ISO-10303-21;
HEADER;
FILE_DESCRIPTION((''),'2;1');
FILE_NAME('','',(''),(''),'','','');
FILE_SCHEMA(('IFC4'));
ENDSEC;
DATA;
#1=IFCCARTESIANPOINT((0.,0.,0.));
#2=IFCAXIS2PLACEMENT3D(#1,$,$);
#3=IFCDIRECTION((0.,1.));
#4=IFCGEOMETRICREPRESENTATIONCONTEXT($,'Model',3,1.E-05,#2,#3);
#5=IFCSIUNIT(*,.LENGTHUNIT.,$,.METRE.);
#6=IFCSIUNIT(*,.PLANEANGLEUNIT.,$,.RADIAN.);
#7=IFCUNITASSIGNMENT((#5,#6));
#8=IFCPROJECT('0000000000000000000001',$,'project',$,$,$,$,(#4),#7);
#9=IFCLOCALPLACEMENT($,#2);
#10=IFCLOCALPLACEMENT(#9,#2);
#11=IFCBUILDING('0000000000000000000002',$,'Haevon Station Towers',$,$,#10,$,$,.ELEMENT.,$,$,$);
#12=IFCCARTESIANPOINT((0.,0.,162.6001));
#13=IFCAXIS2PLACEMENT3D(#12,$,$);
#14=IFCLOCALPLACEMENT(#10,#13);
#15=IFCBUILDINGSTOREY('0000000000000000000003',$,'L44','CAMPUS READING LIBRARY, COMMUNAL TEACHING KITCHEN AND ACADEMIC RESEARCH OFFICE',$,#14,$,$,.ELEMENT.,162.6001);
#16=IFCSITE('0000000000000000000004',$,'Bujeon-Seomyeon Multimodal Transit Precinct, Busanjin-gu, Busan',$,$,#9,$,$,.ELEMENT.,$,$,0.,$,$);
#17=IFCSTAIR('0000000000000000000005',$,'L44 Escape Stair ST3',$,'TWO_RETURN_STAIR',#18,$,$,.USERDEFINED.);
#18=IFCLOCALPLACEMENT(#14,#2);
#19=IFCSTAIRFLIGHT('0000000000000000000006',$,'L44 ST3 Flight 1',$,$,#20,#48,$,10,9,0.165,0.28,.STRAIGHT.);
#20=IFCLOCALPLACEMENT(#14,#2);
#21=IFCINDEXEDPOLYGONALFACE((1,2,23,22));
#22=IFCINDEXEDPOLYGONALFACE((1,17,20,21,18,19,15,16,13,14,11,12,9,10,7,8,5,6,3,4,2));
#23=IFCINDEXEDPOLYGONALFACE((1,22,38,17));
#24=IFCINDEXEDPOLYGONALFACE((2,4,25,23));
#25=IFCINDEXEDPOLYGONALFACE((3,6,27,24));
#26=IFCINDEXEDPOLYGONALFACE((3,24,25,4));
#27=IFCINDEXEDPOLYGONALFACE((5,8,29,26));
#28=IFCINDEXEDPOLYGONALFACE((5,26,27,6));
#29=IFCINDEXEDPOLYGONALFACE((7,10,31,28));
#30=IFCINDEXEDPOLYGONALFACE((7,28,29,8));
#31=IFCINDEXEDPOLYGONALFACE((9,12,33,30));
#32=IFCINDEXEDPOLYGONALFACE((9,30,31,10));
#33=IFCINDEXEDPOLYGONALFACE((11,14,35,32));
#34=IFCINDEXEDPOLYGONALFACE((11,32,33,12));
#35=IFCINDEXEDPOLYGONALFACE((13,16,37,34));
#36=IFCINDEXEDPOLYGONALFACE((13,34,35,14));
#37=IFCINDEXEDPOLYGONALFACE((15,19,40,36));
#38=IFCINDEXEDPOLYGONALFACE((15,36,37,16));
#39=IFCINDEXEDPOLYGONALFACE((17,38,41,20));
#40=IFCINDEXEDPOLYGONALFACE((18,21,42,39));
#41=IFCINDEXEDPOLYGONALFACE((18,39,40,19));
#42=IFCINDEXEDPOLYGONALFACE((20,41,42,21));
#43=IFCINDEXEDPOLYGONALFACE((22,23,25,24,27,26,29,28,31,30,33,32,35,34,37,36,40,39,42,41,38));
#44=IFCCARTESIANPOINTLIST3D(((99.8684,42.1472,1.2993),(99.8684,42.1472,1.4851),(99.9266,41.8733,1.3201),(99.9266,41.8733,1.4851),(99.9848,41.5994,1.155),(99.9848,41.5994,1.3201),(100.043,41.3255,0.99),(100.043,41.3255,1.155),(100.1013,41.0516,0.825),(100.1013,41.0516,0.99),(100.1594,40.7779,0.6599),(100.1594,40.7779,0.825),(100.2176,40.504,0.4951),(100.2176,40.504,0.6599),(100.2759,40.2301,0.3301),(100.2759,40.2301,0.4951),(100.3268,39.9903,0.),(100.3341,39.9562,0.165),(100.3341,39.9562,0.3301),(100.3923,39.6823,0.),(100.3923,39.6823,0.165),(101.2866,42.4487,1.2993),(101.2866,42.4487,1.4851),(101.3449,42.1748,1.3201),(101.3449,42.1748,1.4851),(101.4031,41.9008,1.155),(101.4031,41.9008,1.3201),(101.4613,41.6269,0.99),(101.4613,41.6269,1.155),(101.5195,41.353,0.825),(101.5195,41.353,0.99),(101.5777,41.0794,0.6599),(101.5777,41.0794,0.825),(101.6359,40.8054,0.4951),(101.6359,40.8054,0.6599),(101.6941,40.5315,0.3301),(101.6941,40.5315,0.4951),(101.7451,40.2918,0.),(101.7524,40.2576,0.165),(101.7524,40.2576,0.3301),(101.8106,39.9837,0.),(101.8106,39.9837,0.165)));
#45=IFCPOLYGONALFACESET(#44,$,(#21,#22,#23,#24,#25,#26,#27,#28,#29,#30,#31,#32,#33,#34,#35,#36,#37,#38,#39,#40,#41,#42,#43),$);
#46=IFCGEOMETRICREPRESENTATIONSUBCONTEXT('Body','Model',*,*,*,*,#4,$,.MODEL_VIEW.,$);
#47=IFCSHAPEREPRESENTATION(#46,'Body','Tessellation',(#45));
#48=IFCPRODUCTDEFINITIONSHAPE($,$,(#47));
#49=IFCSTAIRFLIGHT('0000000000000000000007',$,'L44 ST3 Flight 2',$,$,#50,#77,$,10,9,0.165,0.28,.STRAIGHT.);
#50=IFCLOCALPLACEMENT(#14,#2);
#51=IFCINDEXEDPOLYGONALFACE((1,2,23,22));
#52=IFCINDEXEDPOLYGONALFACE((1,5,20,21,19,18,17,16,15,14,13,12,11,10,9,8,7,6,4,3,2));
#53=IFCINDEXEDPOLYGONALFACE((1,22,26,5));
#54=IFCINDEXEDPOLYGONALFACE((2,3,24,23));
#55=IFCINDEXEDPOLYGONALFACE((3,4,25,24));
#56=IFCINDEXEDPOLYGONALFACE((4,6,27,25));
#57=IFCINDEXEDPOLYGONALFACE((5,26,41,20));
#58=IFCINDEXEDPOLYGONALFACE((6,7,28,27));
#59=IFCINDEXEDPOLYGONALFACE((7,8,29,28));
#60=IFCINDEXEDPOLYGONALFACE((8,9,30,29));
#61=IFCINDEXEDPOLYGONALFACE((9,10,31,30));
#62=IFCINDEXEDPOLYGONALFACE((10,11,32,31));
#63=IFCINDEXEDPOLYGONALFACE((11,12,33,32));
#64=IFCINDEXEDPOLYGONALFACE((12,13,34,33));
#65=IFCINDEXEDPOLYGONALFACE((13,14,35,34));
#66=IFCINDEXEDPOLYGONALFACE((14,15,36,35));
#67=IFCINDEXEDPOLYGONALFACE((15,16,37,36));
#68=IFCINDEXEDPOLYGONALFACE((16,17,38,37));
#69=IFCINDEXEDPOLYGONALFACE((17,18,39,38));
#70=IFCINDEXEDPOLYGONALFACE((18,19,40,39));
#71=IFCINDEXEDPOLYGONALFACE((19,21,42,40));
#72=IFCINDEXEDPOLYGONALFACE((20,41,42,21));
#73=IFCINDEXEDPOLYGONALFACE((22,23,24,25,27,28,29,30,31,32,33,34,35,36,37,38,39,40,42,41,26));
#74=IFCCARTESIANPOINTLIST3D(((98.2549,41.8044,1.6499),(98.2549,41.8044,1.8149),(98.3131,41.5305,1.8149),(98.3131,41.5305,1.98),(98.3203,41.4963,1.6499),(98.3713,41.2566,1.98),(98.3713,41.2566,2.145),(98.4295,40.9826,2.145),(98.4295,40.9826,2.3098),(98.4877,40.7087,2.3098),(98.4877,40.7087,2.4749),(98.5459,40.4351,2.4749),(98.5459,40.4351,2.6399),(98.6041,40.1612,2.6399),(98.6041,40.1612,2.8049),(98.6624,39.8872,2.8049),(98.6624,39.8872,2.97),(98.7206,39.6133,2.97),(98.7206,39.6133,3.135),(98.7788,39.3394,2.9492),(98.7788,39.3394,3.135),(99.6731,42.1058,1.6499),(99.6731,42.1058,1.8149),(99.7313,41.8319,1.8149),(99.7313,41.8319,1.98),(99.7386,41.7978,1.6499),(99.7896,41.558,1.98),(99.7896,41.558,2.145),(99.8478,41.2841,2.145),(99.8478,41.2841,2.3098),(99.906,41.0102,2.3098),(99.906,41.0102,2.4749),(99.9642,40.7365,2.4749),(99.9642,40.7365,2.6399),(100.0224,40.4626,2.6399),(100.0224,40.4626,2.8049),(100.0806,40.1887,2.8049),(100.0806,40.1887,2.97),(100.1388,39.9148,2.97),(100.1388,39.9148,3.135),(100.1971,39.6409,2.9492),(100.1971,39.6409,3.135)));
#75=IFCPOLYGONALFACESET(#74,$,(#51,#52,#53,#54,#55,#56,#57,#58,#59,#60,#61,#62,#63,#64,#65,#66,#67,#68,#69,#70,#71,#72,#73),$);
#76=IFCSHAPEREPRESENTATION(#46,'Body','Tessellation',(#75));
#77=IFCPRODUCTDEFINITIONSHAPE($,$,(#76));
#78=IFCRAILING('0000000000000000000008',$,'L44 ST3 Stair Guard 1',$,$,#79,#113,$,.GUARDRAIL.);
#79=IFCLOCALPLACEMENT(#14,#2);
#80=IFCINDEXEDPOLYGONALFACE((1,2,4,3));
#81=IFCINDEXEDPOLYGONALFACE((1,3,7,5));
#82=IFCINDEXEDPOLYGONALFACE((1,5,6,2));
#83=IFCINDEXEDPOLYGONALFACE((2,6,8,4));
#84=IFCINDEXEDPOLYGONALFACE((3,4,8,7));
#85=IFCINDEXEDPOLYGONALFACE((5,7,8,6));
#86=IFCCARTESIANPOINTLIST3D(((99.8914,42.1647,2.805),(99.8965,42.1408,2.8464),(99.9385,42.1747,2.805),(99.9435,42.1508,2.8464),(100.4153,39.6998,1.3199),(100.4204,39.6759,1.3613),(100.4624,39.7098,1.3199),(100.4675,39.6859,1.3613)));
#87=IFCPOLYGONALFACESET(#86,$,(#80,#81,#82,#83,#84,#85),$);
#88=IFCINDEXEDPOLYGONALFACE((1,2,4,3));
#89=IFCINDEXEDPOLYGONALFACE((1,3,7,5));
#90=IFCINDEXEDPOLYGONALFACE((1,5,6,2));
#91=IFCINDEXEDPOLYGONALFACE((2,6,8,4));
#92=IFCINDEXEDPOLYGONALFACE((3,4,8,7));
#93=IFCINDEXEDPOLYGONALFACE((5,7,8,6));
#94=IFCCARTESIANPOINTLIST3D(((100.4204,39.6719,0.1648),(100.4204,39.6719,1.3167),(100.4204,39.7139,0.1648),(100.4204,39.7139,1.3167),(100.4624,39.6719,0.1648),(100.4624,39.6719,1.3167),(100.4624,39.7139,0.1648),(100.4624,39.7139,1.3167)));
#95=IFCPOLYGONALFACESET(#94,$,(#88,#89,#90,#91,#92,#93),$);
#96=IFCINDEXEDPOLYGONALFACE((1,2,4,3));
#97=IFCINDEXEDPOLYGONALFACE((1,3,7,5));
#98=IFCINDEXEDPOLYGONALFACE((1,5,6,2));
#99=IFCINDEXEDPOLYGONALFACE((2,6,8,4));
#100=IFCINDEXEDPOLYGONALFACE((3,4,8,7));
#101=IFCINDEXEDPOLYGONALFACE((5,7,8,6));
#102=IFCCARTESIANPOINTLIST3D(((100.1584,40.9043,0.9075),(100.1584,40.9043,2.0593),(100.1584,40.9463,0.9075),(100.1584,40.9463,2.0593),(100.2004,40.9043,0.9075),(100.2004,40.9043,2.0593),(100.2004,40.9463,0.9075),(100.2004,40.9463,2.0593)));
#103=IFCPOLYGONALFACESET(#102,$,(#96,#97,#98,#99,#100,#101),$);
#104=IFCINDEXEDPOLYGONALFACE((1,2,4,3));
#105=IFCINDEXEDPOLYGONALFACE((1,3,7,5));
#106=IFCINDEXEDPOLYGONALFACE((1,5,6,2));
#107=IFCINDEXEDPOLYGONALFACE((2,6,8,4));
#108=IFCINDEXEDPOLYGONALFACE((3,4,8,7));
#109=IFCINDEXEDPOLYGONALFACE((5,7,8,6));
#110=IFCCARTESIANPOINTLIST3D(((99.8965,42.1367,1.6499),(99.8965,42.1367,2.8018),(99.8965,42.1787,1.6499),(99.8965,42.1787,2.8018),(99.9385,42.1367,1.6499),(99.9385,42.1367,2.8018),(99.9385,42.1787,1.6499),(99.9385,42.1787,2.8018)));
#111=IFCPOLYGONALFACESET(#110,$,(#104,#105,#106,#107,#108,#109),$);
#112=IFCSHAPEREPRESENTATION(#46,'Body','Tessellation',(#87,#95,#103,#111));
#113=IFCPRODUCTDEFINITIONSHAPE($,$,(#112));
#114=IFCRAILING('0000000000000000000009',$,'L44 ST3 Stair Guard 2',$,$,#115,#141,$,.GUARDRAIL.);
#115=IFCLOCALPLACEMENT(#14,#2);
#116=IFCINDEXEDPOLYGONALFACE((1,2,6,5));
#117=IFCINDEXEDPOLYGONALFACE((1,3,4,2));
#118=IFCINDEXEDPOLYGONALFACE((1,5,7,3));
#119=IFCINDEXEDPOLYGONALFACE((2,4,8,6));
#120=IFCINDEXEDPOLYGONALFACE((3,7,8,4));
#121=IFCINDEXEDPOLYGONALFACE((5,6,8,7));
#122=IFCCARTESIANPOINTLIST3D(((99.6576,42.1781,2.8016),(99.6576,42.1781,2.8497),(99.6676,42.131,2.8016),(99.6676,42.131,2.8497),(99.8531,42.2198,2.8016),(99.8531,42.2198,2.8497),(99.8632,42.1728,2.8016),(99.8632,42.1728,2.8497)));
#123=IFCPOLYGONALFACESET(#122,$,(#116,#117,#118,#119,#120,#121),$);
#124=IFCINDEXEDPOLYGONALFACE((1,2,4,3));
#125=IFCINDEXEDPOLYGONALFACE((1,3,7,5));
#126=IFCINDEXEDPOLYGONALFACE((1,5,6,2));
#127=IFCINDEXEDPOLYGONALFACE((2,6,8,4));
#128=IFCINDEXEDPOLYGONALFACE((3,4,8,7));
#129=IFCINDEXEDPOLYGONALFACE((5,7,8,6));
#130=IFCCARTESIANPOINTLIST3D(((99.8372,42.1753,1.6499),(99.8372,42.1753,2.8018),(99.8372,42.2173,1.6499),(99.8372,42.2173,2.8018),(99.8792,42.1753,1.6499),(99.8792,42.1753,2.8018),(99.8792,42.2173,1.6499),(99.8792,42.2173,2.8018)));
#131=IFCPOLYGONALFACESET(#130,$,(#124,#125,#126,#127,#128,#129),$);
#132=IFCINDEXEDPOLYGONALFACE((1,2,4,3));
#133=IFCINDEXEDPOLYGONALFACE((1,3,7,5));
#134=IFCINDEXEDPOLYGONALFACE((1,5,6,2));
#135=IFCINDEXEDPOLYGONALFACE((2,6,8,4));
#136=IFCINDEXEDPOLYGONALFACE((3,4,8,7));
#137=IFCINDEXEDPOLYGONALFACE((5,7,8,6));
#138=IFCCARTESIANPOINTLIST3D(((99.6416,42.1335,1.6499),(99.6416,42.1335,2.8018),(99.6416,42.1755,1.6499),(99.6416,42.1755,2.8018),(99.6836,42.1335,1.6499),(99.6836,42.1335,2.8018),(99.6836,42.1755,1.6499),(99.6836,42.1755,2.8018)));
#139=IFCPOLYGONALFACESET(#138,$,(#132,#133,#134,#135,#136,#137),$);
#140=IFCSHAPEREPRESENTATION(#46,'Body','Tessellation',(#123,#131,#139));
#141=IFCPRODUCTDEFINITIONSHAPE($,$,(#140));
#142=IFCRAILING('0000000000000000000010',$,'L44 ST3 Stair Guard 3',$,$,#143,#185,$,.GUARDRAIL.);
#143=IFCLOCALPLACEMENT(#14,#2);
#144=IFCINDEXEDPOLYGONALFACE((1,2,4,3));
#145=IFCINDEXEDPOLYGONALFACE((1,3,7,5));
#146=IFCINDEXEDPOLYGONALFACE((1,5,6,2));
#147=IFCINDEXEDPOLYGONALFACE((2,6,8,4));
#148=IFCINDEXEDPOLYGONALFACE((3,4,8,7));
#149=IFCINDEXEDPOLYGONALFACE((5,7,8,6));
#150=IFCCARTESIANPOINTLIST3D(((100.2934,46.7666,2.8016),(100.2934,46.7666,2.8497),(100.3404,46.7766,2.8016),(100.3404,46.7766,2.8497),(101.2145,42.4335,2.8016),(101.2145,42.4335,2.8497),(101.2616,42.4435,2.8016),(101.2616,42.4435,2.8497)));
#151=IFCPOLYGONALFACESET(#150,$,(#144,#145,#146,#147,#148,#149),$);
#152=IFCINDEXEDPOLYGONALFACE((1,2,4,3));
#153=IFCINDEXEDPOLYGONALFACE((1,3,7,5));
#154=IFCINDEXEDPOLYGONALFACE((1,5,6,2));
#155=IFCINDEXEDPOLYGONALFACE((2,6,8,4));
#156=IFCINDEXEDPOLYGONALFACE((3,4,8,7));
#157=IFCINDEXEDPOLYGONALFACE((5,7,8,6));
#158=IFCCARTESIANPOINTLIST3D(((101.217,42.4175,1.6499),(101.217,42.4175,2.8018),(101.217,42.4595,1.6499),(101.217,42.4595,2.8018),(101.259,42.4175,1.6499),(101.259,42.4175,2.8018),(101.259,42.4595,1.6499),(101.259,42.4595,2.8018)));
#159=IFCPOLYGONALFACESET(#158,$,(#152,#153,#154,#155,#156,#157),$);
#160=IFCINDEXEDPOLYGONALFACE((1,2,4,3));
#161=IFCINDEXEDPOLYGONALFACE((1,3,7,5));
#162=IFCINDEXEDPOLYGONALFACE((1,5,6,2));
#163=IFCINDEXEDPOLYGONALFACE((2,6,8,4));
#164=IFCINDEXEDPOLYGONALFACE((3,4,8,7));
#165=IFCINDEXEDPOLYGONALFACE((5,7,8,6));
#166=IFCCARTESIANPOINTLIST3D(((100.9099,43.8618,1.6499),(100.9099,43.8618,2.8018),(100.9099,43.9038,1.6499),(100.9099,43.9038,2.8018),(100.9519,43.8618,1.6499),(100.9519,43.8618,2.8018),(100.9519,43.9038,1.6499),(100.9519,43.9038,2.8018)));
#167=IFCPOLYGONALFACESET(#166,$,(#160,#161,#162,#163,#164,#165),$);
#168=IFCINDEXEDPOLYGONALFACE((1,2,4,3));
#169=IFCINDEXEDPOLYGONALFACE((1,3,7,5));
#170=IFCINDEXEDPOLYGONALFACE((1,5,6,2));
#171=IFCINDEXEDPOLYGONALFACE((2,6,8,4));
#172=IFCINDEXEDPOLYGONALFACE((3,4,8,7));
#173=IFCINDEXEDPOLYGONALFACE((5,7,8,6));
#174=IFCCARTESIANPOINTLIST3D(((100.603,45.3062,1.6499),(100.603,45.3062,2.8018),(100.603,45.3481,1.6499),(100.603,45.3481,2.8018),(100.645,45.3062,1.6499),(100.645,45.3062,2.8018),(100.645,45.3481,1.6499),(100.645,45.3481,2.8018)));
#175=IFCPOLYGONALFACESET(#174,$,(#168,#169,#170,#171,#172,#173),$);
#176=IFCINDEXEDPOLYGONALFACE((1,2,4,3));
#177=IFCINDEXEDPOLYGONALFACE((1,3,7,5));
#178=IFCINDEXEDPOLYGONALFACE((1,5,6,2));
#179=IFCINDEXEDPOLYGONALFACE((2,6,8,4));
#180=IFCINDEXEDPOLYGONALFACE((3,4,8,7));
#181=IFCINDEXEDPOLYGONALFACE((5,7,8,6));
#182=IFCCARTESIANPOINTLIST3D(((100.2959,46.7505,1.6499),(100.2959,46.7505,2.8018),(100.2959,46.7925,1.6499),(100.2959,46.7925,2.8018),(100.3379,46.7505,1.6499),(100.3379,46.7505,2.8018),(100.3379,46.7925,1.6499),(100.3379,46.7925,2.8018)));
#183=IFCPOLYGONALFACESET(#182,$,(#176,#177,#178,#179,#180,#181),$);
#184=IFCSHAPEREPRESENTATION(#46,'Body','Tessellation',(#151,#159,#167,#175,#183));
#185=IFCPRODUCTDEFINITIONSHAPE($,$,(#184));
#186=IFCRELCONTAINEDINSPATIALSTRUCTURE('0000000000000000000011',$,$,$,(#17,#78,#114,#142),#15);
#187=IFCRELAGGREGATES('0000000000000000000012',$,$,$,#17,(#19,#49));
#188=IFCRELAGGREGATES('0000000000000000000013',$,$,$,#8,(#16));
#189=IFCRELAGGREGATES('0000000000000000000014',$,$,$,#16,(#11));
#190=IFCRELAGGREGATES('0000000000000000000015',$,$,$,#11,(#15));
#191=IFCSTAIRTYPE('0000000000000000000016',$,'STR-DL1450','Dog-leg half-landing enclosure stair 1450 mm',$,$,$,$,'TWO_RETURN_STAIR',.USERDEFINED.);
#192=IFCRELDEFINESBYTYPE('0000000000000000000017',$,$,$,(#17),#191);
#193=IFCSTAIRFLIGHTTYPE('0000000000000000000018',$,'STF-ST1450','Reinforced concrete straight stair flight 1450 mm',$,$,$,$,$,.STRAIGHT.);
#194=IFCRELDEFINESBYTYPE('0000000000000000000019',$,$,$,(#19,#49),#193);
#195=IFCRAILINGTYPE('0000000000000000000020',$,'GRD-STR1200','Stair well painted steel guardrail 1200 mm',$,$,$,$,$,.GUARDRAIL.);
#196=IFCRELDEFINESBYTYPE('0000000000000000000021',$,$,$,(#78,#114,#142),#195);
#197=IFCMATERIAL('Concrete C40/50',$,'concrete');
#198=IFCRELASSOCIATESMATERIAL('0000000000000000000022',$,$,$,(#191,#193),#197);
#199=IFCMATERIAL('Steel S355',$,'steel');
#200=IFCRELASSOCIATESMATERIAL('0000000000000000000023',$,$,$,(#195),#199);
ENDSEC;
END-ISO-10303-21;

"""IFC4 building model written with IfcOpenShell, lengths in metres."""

from ifc_helpers import new_model, si_unit, direction, frame, origin, origin_2d, place, context, subcontext, project, spatial, polyline, rectangle, outline, extrude, material, type_object, element, aggregate, save


model = new_model("IFC4")

# Units and contexts
model_context = context("Model", 3, precision=1e-05, world=origin(), true_north=direction((0.0, 1.0)))
body_context = subcontext(model_context, "Body", "Model", "MODEL_VIEW")
ifc_project = project(units=[si_unit("LENGTHUNIT", "METRE"), si_unit("PLANEANGLEUNIT", "RADIAN")], contexts=[model_context])

# Site, building, storey
site_placement = place(None, origin())
site = spatial("IfcSite", under=ifc_project, at=site_placement, Name="Bujeon-Seomyeon Multimodal Transit Precinct, Busanjin-gu, Busan", CompositionType="ELEMENT", RefElevation=0.0)
building_placement = place(site_placement, origin())
building = spatial("IfcBuilding", under=site, at=building_placement, Name="Haevon Station Towers", CompositionType="ELEMENT")
storey_placement = place(building_placement, frame((0.0, 0.0, 162.6001)))
storey = spatial("IfcBuildingStorey", under=building, at=storey_placement, Name="L44", Description="CAMPUS READING LIBRARY, COMMUNAL TEACHING KITCHEN AND ACADEMIC RESEARCH OFFICE", CompositionType="ELEMENT", Elevation=162.6001)

# Shared definitions
ifc_material_1 = material(Name="Steel S355", Category="steel")

# Shared definitions
ifc_material_2 = material(Name="Concrete C40/50", Category="concrete")

# Stair, stair flights
stair_type = type_object("IfcStairType", Name="STR-DL1450", Description="Dog-leg half-landing enclosure stair 1450 mm", ElementType="TWO_RETURN_STAIR", PredefinedType="USERDEFINED", material=ifc_material_2)
stair_placement = place(storey_placement, origin())
stair = element("IfcStair", 1, at=stair_placement, inside=storey, type_object=stair_type, Name="L44 Escape Stair ST3", ObjectType="TWO_RETURN_STAIR", PredefinedType="USERDEFINED")
stair_flight_type = type_object("IfcStairFlightType", Name="STF-ST1450", Description="Reinforced concrete straight stair flight 1450 mm", PredefinedType="STRAIGHT", material=ifc_material_2)
stair_flight_1_placement = place(storey_placement, frame((101.1016, 39.833, 0.0), z_axis=(0.0, 0.0, 1.0), x_axis=(-0.207912, 0.978148, 0.0)))
stair_flight_1 = element("IfcStairFlight", 2, at=stair_flight_1_placement, type_object=stair_flight_type, Name="L44 ST3 Flight 1", NumberOfRisers=10, NumberOfTreads=9, PredefinedType="STRAIGHT", RiserHeight=0.165, TreadLength=0.28, context=body_context, shape_type="SweptSolid", body=[
    extrude(outline(polyline([(0.0, 0.0), (0.0, 0.165), (0.28, 0.165), (0.28, 0.3301), (0.5601, 0.3301), (0.5601, 0.4951), (0.8401, 0.4951), (0.8401, 0.6599), (1.1201, 0.6599), (1.1201, 0.825), (1.3999, 0.825), (1.3999, 0.99), (1.6799, 0.99), (1.6799, 1.155), (1.96, 1.155), (1.96, 1.3201), (2.24, 1.3201), (2.24, 1.4851), (2.52, 1.4851), (2.52, 1.6499), (2.52, 1.2993), (0.3149, 0.0), (0.0, 0.0)])), frame((0.0, 0.7251, 0.0), z_axis=(0.0, -1.0, 0.0), x_axis=(1.0, 0.0, 0.0)), (0.0, 0.0, 1.0), 1.45),
])
stair_flight_2_placement = place(storey_placement, frame((98.9639, 41.9551, 1.6499), z_axis=(0.0, 0.0, 1.0), x_axis=(0.207912, -0.978148, 0.0)))
stair_flight_2 = element("IfcStairFlight", 3, at=stair_flight_2_placement, type_object=stair_flight_type, Name="L44 ST3 Flight 2", NumberOfRisers=10, NumberOfTreads=9, PredefinedType="STRAIGHT", RiserHeight=0.165, TreadLength=0.28, context=body_context, shape_type="SweptSolid", body=[
    extrude(outline(polyline([(0.0, 0.0), (0.0, 0.165), (0.28, 0.165), (0.28, 0.3301), (0.5601, 0.3301), (0.5601, 0.4951), (0.8401, 0.4951), (0.8401, 0.6599), (1.1201, 0.6599), (1.1201, 0.825), (1.3999, 0.825), (1.3999, 0.99), (1.6799, 0.99), (1.6799, 1.155), (1.96, 1.155), (1.96, 1.3201), (2.24, 1.3201), (2.24, 1.4851), (2.52, 1.4851), (2.52, 1.6499), (2.52, 1.2993), (0.3149, 0.0), (0.0, 0.0)])), frame((0.0, 0.7251, 0.0), z_axis=(0.0, -1.0, 0.0), x_axis=(1.0, 0.0, 0.0)), (0.0, 0.0, 1.0), 1.45),
])
aggregate(stair, [stair_flight_1, stair_flight_2])

# Railings
railing_type_1 = type_object("IfcRailingType", Name="GRD-STR1200", Description="Stair well painted steel guardrail 1200 mm", PredefinedType="GUARDRAIL", material=ifc_material_1)
railing_1_placement = place(storey_placement, frame((100.4414, 39.6929, 0.1648)))
element("IfcRailing", 4, at=railing_1_placement, inside=storey, type_object=railing_type_1, Name="L44 ST3 Stair Guard 1", PredefinedType="GUARDRAIL", context=body_context, shape_type="SweptSolid", body=[
    extrude(rectangle(XDim=0.0481, YDim=0.0481, at=origin_2d()), frame((0.0, 0.0, 1.1758), z_axis=(-0.179121, 0.842688, 0.507733), x_axis=(-0.978147, -0.207914, 0.0)), (0.0, 0.0, 1.0), 2.925),
    extrude(rectangle(XDim=0.042, YDim=0.042, at=origin_2d()), origin(), (0.0, 0.0, 1.0), 1.1519),
    extrude(rectangle(XDim=0.042, YDim=0.042, at=origin_2d()), frame((-0.262, 1.2324, 0.7427)), (0.0, 0.0, 1.0), 1.1519),
    extrude(rectangle(XDim=0.042, YDim=0.042, at=origin_2d()), frame((-0.5239, 2.4648, 1.4851)), (0.0, 0.0, 1.0), 1.1519),
])
railing_2_placement = place(storey_placement, frame((99.8582, 42.1963, 1.6499)))
element("IfcRailing", 5, at=railing_2_placement, inside=storey, type_object=railing_type_1, Name="L44 ST3 Stair Guard 2", PredefinedType="GUARDRAIL", context=body_context, shape_type="SweptSolid", body=[
    extrude(rectangle(XDim=0.0481, YDim=0.0481, at=origin_2d()), frame((0.0, 0.0, 1.1758), z_axis=(-0.977963, -0.208779, 0.0), x_axis=(0.208779, -0.977963, 0.0)), (0.0, 0.0, 1.0), 0.2),
    extrude(rectangle(XDim=0.042, YDim=0.042, at=origin_2d()), origin(), (0.0, 0.0, 1.0), 1.1519),
    extrude(rectangle(XDim=0.042, YDim=0.042, at=origin_2d()), frame((-0.1956, -0.0417, 0.0)), (0.0, 0.0, 1.0), 1.1519),
])
railing_3_placement = place(storey_placement, frame((101.238, 42.4385, 1.6499)))
element("IfcRailing", 6, at=railing_3_placement, inside=storey, type_object=railing_type_1, Name="L44 ST3 Stair Guard 3", PredefinedType="GUARDRAIL", context=body_context, shape_type="SweptSolid", body=[
    extrude(rectangle(XDim=0.0481, YDim=0.0481, at=origin_2d()), frame((0.0, 0.0, 1.1758), z_axis=(-0.20794, 0.978141, 0.0), x_axis=(-0.978141, -0.20794, 0.0)), (0.0, 0.0, 1.0), 4.4299),
    extrude(rectangle(XDim=0.042, YDim=0.042, at=origin_2d()), origin(), (0.0, 0.0, 1.0), 1.1519),
    extrude(rectangle(XDim=0.042, YDim=0.042, at=origin_2d()), frame((-0.3071, 1.4443, 0.0)), (0.0, 0.0, 1.0), 1.1519),
    extrude(rectangle(XDim=0.042, YDim=0.042, at=origin_2d()), frame((-0.614, 2.8887, 0.0)), (0.0, 0.0, 1.0), 1.1519),
    extrude(rectangle(XDim=0.042, YDim=0.042, at=origin_2d()), frame((-0.9211, 4.333, 0.0)), (0.0, 0.0, 1.0), 1.1519),
])

save(model, "model.ifc")
